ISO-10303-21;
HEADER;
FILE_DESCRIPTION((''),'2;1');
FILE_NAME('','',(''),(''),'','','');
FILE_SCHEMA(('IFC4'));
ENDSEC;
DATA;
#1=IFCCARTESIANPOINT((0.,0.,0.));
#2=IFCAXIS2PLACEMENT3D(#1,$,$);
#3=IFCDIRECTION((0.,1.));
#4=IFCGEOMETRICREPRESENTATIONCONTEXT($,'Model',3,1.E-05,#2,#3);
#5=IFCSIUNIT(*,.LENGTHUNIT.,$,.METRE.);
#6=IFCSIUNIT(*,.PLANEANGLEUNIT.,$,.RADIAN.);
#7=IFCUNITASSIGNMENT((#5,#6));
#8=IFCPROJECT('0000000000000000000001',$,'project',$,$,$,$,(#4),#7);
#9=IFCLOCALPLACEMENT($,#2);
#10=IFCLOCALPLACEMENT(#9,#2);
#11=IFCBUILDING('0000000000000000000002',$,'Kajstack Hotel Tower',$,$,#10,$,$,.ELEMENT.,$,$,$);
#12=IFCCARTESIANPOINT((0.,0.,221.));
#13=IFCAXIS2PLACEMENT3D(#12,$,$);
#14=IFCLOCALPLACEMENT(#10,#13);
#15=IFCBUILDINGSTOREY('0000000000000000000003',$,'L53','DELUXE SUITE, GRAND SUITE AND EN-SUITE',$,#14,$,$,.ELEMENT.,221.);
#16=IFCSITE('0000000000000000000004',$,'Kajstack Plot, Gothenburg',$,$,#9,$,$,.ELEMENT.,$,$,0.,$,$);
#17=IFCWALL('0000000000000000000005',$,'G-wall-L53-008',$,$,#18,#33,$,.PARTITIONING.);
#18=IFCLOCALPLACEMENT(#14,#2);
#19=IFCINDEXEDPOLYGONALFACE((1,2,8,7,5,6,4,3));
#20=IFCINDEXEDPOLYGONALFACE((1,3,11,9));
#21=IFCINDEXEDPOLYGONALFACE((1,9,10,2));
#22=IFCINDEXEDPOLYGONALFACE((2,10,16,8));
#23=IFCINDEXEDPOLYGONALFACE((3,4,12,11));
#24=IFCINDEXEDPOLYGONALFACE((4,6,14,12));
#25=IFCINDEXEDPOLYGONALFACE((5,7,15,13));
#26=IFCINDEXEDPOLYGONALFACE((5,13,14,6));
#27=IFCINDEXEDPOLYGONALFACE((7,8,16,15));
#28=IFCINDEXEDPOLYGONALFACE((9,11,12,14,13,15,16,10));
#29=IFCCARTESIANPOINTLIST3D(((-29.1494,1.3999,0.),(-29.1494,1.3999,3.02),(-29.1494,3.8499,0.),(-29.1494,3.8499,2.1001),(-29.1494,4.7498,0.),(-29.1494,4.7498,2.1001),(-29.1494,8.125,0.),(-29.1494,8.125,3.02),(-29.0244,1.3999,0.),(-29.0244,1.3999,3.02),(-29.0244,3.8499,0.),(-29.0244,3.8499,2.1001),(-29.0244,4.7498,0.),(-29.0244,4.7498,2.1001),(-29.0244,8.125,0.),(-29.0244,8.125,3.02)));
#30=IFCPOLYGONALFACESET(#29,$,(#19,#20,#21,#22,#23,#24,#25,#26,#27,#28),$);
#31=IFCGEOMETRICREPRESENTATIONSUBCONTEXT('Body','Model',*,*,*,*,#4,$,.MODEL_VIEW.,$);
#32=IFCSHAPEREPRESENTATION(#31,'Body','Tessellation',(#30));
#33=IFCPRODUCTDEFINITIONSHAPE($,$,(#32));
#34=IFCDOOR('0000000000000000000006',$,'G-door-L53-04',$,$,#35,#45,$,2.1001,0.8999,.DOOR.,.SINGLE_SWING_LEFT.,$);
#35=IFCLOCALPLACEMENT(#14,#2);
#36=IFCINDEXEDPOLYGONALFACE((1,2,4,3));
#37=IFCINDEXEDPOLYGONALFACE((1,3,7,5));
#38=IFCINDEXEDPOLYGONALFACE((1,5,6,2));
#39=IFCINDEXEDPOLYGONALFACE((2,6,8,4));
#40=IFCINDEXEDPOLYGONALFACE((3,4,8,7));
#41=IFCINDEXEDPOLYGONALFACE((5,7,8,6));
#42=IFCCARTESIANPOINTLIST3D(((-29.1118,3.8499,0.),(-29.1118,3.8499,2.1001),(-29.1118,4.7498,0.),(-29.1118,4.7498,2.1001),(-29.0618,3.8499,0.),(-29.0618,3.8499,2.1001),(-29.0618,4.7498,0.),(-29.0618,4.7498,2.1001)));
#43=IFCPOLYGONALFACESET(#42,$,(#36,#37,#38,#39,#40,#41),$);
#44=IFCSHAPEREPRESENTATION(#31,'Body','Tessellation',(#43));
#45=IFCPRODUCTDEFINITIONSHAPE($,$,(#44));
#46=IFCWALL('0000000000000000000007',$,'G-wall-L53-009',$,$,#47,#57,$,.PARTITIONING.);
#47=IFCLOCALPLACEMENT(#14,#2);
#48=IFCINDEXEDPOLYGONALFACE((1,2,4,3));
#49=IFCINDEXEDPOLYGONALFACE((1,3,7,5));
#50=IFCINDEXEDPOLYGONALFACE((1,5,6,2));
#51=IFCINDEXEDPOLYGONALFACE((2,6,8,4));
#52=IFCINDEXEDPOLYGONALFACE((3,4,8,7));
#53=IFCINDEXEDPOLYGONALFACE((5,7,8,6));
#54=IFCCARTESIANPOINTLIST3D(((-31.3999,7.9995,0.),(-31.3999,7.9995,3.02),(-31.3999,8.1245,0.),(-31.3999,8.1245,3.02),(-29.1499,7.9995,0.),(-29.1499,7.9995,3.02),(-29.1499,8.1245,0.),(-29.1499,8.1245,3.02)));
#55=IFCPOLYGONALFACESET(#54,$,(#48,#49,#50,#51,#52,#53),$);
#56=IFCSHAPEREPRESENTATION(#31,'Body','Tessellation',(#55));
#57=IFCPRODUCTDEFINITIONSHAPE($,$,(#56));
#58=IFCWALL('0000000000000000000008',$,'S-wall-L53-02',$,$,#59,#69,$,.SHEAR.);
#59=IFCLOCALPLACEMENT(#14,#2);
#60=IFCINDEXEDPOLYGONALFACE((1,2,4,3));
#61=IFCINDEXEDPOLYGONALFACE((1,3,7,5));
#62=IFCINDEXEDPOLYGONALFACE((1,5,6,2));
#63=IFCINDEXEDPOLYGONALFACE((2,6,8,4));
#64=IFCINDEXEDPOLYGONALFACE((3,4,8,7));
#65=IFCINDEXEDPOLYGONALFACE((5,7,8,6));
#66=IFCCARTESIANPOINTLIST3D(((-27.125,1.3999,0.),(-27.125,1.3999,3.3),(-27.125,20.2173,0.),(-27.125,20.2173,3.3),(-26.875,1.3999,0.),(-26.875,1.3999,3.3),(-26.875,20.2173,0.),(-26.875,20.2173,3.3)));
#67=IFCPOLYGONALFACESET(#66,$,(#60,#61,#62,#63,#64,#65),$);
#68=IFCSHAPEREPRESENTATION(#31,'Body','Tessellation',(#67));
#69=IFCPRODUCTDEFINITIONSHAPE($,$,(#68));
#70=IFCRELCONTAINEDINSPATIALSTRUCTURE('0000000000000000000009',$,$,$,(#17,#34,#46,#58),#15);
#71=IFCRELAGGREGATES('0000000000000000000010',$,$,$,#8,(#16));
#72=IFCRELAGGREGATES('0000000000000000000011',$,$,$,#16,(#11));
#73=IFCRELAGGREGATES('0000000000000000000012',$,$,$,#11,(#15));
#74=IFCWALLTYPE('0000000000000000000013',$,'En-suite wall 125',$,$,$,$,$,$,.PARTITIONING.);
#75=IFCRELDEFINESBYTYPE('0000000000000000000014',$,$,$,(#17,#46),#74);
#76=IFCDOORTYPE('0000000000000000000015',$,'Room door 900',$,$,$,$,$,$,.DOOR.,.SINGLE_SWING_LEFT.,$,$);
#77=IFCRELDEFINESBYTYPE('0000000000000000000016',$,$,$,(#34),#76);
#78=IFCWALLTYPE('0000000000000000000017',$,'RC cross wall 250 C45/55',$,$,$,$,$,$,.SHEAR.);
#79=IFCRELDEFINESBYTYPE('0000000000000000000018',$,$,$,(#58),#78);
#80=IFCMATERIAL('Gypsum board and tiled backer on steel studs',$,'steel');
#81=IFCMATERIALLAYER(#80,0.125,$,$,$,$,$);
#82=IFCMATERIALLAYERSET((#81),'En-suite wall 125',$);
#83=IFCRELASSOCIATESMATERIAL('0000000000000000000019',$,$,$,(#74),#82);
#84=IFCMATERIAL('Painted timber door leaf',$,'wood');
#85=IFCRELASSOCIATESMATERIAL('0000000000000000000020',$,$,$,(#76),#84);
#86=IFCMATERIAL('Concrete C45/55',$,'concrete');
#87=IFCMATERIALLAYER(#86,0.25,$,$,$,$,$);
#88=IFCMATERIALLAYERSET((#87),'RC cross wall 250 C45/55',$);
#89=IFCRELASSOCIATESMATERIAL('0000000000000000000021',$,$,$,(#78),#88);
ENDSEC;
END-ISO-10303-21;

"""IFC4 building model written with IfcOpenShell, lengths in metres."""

from ifc_helpers import new_model, si_unit, direction, frame, frame_2d, origin, place, context, subcontext, project, spatial, rectangle, extrude, material, layer, layer_set, type_object, element, fill, save


model = new_model("IFC4")

# Units and contexts
model_context = context("Model", 3, precision=1e-05, world=origin(), true_north=direction((0.0, 1.0)))
body_context = subcontext(model_context, "Body", "Model", "MODEL_VIEW")
ifc_project = project(units=[si_unit("LENGTHUNIT", "METRE"), si_unit("PLANEANGLEUNIT", "RADIAN")], contexts=[model_context])

# Site, building, storey
site_placement = place(None, origin())
site = spatial("IfcSite", under=ifc_project, at=site_placement, Name="Kajstack Plot, Gothenburg", CompositionType="ELEMENT", RefElevation=0.0)
building_placement = place(site_placement, origin())
building = spatial("IfcBuilding", under=site, at=building_placement, Name="Kajstack Hotel Tower", CompositionType="ELEMENT")
storey_placement = place(building_placement, frame((0.0, 0.0, 221.0)))
storey = spatial("IfcBuildingStorey", under=building, at=storey_placement, Name="L53", Description="DELUXE SUITE, GRAND SUITE AND EN-SUITE", CompositionType="ELEMENT", Elevation=221.0)

# Shared definitions
ifc_material_1 = material(Name="Gypsum board and tiled backer on steel studs", Category="steel")
ifc_layer_1 = layer(ifc_material_1, 0.125)
ifc_layer_set_1 = layer_set([ifc_layer_1], Name="En-suite wall 125")
wall_type_1 = type_object("IfcWallType", Name="En-suite wall 125", PredefinedType="PARTITIONING", material=ifc_layer_set_1)
ifc_material_2 = material(Name="Painted timber door leaf", Category="wood")
door_type = type_object("IfcDoorType", Name="Room door 900", OperationType="SINGLE_SWING_LEFT", PredefinedType="DOOR", material=ifc_material_2)

# Wall, opening, door
wall_1_placement = place(storey_placement, frame((-29.0869, 1.3999, 0.0), z_axis=(0.0, 0.0, 1.0), x_axis=(0.0, 1.0, 0.0)))
wall_1 = element("IfcWall", 1, at=wall_1_placement, inside=storey, type_object=wall_type_1, Name="G-wall-L53-008", PredefinedType="PARTITIONING", context=body_context, shape_type="SweptSolid", body=[
    extrude(rectangle(XDim=6.7251, YDim=0.125, at=frame_2d((3.3625, 0.0))), origin(), (0.0, 0.0, 1.0), 3.02),
])
opening_1_placement = place(wall_1_placement, frame((2.45, 0.0, 0.0)))
opening_1 = element("IfcOpeningElement", 2, at=opening_1_placement, cuts=wall_1, PredefinedType="OPENING", context=body_context, shape_type="SweptSolid", body=[
    extrude(rectangle(XDim=0.8999, YDim=2.1001, at=frame_2d((0.45, 1.05))), frame((0.0, 0.0725, 0.0), z_axis=(0.0, -1.0, 0.0), x_axis=(1.0, 0.0, 0.0)), (0.0, 0.0, 1.0), 0.145),
])
door_1_placement = place(opening_1_placement, origin())
door_1 = element("IfcDoor", 3, at=door_1_placement, inside=storey, type_object=door_type, Name="G-door-L53-04", OperationType="SINGLE_SWING_LEFT", OverallHeight=2.1001, OverallWidth=0.8999, PredefinedType="DOOR", context=body_context, shape_type="SweptSolid", body=[
    extrude(rectangle(XDim=0.8999, YDim=2.1001, at=frame_2d((0.45, 1.05))), frame((0.0, 0.0249, 0.0), z_axis=(0.0, -1.0, 0.0), x_axis=(1.0, 0.0, 0.0)), (0.0, 0.0, 1.0), 0.05),
])
fill(opening_1, door_1)

# Walls
wall_2_placement = place(storey_placement, frame((-31.3999, 8.062, 0.0), z_axis=(0.0, 0.0, 1.0), x_axis=(1.0, 0.0, 0.0)))
element("IfcWall", 4, at=wall_2_placement, inside=storey, type_object=wall_type_1, Name="G-wall-L53-009", PredefinedType="PARTITIONING", context=body_context, shape_type="SweptSolid", body=[
    extrude(rectangle(XDim=2.25, YDim=0.125, at=frame_2d((1.125, 0.0))), origin(), (0.0, 0.0, 1.0), 3.02),
])
ifc_material_3 = material(Name="Concrete C45/55", Category="concrete")
ifc_layer_2 = layer(ifc_material_3, 0.25)
ifc_layer_set_2 = layer_set([ifc_layer_2], Name="RC cross wall 250 C45/55")
wall_type_2 = type_object("IfcWallType", Name="RC cross wall 250 C45/55", PredefinedType="SHEAR", material=ifc_layer_set_2)
wall_3_placement = place(storey_placement, frame((-27.0, 1.3999, 0.0), z_axis=(0.0, 0.0, 1.0), x_axis=(0.0, 1.0, 0.0)))
element("IfcWall", 5, at=wall_3_placement, inside=storey, type_object=wall_type_2, Name="S-wall-L53-02", PredefinedType="SHEAR", context=body_context, shape_type="SweptSolid", body=[
    extrude(rectangle(XDim=18.8174, YDim=0.25, at=frame_2d((9.4087, 0.0))), origin(), (0.0, 0.0, 1.0), 3.3),
])

save(model, "model.ifc")
